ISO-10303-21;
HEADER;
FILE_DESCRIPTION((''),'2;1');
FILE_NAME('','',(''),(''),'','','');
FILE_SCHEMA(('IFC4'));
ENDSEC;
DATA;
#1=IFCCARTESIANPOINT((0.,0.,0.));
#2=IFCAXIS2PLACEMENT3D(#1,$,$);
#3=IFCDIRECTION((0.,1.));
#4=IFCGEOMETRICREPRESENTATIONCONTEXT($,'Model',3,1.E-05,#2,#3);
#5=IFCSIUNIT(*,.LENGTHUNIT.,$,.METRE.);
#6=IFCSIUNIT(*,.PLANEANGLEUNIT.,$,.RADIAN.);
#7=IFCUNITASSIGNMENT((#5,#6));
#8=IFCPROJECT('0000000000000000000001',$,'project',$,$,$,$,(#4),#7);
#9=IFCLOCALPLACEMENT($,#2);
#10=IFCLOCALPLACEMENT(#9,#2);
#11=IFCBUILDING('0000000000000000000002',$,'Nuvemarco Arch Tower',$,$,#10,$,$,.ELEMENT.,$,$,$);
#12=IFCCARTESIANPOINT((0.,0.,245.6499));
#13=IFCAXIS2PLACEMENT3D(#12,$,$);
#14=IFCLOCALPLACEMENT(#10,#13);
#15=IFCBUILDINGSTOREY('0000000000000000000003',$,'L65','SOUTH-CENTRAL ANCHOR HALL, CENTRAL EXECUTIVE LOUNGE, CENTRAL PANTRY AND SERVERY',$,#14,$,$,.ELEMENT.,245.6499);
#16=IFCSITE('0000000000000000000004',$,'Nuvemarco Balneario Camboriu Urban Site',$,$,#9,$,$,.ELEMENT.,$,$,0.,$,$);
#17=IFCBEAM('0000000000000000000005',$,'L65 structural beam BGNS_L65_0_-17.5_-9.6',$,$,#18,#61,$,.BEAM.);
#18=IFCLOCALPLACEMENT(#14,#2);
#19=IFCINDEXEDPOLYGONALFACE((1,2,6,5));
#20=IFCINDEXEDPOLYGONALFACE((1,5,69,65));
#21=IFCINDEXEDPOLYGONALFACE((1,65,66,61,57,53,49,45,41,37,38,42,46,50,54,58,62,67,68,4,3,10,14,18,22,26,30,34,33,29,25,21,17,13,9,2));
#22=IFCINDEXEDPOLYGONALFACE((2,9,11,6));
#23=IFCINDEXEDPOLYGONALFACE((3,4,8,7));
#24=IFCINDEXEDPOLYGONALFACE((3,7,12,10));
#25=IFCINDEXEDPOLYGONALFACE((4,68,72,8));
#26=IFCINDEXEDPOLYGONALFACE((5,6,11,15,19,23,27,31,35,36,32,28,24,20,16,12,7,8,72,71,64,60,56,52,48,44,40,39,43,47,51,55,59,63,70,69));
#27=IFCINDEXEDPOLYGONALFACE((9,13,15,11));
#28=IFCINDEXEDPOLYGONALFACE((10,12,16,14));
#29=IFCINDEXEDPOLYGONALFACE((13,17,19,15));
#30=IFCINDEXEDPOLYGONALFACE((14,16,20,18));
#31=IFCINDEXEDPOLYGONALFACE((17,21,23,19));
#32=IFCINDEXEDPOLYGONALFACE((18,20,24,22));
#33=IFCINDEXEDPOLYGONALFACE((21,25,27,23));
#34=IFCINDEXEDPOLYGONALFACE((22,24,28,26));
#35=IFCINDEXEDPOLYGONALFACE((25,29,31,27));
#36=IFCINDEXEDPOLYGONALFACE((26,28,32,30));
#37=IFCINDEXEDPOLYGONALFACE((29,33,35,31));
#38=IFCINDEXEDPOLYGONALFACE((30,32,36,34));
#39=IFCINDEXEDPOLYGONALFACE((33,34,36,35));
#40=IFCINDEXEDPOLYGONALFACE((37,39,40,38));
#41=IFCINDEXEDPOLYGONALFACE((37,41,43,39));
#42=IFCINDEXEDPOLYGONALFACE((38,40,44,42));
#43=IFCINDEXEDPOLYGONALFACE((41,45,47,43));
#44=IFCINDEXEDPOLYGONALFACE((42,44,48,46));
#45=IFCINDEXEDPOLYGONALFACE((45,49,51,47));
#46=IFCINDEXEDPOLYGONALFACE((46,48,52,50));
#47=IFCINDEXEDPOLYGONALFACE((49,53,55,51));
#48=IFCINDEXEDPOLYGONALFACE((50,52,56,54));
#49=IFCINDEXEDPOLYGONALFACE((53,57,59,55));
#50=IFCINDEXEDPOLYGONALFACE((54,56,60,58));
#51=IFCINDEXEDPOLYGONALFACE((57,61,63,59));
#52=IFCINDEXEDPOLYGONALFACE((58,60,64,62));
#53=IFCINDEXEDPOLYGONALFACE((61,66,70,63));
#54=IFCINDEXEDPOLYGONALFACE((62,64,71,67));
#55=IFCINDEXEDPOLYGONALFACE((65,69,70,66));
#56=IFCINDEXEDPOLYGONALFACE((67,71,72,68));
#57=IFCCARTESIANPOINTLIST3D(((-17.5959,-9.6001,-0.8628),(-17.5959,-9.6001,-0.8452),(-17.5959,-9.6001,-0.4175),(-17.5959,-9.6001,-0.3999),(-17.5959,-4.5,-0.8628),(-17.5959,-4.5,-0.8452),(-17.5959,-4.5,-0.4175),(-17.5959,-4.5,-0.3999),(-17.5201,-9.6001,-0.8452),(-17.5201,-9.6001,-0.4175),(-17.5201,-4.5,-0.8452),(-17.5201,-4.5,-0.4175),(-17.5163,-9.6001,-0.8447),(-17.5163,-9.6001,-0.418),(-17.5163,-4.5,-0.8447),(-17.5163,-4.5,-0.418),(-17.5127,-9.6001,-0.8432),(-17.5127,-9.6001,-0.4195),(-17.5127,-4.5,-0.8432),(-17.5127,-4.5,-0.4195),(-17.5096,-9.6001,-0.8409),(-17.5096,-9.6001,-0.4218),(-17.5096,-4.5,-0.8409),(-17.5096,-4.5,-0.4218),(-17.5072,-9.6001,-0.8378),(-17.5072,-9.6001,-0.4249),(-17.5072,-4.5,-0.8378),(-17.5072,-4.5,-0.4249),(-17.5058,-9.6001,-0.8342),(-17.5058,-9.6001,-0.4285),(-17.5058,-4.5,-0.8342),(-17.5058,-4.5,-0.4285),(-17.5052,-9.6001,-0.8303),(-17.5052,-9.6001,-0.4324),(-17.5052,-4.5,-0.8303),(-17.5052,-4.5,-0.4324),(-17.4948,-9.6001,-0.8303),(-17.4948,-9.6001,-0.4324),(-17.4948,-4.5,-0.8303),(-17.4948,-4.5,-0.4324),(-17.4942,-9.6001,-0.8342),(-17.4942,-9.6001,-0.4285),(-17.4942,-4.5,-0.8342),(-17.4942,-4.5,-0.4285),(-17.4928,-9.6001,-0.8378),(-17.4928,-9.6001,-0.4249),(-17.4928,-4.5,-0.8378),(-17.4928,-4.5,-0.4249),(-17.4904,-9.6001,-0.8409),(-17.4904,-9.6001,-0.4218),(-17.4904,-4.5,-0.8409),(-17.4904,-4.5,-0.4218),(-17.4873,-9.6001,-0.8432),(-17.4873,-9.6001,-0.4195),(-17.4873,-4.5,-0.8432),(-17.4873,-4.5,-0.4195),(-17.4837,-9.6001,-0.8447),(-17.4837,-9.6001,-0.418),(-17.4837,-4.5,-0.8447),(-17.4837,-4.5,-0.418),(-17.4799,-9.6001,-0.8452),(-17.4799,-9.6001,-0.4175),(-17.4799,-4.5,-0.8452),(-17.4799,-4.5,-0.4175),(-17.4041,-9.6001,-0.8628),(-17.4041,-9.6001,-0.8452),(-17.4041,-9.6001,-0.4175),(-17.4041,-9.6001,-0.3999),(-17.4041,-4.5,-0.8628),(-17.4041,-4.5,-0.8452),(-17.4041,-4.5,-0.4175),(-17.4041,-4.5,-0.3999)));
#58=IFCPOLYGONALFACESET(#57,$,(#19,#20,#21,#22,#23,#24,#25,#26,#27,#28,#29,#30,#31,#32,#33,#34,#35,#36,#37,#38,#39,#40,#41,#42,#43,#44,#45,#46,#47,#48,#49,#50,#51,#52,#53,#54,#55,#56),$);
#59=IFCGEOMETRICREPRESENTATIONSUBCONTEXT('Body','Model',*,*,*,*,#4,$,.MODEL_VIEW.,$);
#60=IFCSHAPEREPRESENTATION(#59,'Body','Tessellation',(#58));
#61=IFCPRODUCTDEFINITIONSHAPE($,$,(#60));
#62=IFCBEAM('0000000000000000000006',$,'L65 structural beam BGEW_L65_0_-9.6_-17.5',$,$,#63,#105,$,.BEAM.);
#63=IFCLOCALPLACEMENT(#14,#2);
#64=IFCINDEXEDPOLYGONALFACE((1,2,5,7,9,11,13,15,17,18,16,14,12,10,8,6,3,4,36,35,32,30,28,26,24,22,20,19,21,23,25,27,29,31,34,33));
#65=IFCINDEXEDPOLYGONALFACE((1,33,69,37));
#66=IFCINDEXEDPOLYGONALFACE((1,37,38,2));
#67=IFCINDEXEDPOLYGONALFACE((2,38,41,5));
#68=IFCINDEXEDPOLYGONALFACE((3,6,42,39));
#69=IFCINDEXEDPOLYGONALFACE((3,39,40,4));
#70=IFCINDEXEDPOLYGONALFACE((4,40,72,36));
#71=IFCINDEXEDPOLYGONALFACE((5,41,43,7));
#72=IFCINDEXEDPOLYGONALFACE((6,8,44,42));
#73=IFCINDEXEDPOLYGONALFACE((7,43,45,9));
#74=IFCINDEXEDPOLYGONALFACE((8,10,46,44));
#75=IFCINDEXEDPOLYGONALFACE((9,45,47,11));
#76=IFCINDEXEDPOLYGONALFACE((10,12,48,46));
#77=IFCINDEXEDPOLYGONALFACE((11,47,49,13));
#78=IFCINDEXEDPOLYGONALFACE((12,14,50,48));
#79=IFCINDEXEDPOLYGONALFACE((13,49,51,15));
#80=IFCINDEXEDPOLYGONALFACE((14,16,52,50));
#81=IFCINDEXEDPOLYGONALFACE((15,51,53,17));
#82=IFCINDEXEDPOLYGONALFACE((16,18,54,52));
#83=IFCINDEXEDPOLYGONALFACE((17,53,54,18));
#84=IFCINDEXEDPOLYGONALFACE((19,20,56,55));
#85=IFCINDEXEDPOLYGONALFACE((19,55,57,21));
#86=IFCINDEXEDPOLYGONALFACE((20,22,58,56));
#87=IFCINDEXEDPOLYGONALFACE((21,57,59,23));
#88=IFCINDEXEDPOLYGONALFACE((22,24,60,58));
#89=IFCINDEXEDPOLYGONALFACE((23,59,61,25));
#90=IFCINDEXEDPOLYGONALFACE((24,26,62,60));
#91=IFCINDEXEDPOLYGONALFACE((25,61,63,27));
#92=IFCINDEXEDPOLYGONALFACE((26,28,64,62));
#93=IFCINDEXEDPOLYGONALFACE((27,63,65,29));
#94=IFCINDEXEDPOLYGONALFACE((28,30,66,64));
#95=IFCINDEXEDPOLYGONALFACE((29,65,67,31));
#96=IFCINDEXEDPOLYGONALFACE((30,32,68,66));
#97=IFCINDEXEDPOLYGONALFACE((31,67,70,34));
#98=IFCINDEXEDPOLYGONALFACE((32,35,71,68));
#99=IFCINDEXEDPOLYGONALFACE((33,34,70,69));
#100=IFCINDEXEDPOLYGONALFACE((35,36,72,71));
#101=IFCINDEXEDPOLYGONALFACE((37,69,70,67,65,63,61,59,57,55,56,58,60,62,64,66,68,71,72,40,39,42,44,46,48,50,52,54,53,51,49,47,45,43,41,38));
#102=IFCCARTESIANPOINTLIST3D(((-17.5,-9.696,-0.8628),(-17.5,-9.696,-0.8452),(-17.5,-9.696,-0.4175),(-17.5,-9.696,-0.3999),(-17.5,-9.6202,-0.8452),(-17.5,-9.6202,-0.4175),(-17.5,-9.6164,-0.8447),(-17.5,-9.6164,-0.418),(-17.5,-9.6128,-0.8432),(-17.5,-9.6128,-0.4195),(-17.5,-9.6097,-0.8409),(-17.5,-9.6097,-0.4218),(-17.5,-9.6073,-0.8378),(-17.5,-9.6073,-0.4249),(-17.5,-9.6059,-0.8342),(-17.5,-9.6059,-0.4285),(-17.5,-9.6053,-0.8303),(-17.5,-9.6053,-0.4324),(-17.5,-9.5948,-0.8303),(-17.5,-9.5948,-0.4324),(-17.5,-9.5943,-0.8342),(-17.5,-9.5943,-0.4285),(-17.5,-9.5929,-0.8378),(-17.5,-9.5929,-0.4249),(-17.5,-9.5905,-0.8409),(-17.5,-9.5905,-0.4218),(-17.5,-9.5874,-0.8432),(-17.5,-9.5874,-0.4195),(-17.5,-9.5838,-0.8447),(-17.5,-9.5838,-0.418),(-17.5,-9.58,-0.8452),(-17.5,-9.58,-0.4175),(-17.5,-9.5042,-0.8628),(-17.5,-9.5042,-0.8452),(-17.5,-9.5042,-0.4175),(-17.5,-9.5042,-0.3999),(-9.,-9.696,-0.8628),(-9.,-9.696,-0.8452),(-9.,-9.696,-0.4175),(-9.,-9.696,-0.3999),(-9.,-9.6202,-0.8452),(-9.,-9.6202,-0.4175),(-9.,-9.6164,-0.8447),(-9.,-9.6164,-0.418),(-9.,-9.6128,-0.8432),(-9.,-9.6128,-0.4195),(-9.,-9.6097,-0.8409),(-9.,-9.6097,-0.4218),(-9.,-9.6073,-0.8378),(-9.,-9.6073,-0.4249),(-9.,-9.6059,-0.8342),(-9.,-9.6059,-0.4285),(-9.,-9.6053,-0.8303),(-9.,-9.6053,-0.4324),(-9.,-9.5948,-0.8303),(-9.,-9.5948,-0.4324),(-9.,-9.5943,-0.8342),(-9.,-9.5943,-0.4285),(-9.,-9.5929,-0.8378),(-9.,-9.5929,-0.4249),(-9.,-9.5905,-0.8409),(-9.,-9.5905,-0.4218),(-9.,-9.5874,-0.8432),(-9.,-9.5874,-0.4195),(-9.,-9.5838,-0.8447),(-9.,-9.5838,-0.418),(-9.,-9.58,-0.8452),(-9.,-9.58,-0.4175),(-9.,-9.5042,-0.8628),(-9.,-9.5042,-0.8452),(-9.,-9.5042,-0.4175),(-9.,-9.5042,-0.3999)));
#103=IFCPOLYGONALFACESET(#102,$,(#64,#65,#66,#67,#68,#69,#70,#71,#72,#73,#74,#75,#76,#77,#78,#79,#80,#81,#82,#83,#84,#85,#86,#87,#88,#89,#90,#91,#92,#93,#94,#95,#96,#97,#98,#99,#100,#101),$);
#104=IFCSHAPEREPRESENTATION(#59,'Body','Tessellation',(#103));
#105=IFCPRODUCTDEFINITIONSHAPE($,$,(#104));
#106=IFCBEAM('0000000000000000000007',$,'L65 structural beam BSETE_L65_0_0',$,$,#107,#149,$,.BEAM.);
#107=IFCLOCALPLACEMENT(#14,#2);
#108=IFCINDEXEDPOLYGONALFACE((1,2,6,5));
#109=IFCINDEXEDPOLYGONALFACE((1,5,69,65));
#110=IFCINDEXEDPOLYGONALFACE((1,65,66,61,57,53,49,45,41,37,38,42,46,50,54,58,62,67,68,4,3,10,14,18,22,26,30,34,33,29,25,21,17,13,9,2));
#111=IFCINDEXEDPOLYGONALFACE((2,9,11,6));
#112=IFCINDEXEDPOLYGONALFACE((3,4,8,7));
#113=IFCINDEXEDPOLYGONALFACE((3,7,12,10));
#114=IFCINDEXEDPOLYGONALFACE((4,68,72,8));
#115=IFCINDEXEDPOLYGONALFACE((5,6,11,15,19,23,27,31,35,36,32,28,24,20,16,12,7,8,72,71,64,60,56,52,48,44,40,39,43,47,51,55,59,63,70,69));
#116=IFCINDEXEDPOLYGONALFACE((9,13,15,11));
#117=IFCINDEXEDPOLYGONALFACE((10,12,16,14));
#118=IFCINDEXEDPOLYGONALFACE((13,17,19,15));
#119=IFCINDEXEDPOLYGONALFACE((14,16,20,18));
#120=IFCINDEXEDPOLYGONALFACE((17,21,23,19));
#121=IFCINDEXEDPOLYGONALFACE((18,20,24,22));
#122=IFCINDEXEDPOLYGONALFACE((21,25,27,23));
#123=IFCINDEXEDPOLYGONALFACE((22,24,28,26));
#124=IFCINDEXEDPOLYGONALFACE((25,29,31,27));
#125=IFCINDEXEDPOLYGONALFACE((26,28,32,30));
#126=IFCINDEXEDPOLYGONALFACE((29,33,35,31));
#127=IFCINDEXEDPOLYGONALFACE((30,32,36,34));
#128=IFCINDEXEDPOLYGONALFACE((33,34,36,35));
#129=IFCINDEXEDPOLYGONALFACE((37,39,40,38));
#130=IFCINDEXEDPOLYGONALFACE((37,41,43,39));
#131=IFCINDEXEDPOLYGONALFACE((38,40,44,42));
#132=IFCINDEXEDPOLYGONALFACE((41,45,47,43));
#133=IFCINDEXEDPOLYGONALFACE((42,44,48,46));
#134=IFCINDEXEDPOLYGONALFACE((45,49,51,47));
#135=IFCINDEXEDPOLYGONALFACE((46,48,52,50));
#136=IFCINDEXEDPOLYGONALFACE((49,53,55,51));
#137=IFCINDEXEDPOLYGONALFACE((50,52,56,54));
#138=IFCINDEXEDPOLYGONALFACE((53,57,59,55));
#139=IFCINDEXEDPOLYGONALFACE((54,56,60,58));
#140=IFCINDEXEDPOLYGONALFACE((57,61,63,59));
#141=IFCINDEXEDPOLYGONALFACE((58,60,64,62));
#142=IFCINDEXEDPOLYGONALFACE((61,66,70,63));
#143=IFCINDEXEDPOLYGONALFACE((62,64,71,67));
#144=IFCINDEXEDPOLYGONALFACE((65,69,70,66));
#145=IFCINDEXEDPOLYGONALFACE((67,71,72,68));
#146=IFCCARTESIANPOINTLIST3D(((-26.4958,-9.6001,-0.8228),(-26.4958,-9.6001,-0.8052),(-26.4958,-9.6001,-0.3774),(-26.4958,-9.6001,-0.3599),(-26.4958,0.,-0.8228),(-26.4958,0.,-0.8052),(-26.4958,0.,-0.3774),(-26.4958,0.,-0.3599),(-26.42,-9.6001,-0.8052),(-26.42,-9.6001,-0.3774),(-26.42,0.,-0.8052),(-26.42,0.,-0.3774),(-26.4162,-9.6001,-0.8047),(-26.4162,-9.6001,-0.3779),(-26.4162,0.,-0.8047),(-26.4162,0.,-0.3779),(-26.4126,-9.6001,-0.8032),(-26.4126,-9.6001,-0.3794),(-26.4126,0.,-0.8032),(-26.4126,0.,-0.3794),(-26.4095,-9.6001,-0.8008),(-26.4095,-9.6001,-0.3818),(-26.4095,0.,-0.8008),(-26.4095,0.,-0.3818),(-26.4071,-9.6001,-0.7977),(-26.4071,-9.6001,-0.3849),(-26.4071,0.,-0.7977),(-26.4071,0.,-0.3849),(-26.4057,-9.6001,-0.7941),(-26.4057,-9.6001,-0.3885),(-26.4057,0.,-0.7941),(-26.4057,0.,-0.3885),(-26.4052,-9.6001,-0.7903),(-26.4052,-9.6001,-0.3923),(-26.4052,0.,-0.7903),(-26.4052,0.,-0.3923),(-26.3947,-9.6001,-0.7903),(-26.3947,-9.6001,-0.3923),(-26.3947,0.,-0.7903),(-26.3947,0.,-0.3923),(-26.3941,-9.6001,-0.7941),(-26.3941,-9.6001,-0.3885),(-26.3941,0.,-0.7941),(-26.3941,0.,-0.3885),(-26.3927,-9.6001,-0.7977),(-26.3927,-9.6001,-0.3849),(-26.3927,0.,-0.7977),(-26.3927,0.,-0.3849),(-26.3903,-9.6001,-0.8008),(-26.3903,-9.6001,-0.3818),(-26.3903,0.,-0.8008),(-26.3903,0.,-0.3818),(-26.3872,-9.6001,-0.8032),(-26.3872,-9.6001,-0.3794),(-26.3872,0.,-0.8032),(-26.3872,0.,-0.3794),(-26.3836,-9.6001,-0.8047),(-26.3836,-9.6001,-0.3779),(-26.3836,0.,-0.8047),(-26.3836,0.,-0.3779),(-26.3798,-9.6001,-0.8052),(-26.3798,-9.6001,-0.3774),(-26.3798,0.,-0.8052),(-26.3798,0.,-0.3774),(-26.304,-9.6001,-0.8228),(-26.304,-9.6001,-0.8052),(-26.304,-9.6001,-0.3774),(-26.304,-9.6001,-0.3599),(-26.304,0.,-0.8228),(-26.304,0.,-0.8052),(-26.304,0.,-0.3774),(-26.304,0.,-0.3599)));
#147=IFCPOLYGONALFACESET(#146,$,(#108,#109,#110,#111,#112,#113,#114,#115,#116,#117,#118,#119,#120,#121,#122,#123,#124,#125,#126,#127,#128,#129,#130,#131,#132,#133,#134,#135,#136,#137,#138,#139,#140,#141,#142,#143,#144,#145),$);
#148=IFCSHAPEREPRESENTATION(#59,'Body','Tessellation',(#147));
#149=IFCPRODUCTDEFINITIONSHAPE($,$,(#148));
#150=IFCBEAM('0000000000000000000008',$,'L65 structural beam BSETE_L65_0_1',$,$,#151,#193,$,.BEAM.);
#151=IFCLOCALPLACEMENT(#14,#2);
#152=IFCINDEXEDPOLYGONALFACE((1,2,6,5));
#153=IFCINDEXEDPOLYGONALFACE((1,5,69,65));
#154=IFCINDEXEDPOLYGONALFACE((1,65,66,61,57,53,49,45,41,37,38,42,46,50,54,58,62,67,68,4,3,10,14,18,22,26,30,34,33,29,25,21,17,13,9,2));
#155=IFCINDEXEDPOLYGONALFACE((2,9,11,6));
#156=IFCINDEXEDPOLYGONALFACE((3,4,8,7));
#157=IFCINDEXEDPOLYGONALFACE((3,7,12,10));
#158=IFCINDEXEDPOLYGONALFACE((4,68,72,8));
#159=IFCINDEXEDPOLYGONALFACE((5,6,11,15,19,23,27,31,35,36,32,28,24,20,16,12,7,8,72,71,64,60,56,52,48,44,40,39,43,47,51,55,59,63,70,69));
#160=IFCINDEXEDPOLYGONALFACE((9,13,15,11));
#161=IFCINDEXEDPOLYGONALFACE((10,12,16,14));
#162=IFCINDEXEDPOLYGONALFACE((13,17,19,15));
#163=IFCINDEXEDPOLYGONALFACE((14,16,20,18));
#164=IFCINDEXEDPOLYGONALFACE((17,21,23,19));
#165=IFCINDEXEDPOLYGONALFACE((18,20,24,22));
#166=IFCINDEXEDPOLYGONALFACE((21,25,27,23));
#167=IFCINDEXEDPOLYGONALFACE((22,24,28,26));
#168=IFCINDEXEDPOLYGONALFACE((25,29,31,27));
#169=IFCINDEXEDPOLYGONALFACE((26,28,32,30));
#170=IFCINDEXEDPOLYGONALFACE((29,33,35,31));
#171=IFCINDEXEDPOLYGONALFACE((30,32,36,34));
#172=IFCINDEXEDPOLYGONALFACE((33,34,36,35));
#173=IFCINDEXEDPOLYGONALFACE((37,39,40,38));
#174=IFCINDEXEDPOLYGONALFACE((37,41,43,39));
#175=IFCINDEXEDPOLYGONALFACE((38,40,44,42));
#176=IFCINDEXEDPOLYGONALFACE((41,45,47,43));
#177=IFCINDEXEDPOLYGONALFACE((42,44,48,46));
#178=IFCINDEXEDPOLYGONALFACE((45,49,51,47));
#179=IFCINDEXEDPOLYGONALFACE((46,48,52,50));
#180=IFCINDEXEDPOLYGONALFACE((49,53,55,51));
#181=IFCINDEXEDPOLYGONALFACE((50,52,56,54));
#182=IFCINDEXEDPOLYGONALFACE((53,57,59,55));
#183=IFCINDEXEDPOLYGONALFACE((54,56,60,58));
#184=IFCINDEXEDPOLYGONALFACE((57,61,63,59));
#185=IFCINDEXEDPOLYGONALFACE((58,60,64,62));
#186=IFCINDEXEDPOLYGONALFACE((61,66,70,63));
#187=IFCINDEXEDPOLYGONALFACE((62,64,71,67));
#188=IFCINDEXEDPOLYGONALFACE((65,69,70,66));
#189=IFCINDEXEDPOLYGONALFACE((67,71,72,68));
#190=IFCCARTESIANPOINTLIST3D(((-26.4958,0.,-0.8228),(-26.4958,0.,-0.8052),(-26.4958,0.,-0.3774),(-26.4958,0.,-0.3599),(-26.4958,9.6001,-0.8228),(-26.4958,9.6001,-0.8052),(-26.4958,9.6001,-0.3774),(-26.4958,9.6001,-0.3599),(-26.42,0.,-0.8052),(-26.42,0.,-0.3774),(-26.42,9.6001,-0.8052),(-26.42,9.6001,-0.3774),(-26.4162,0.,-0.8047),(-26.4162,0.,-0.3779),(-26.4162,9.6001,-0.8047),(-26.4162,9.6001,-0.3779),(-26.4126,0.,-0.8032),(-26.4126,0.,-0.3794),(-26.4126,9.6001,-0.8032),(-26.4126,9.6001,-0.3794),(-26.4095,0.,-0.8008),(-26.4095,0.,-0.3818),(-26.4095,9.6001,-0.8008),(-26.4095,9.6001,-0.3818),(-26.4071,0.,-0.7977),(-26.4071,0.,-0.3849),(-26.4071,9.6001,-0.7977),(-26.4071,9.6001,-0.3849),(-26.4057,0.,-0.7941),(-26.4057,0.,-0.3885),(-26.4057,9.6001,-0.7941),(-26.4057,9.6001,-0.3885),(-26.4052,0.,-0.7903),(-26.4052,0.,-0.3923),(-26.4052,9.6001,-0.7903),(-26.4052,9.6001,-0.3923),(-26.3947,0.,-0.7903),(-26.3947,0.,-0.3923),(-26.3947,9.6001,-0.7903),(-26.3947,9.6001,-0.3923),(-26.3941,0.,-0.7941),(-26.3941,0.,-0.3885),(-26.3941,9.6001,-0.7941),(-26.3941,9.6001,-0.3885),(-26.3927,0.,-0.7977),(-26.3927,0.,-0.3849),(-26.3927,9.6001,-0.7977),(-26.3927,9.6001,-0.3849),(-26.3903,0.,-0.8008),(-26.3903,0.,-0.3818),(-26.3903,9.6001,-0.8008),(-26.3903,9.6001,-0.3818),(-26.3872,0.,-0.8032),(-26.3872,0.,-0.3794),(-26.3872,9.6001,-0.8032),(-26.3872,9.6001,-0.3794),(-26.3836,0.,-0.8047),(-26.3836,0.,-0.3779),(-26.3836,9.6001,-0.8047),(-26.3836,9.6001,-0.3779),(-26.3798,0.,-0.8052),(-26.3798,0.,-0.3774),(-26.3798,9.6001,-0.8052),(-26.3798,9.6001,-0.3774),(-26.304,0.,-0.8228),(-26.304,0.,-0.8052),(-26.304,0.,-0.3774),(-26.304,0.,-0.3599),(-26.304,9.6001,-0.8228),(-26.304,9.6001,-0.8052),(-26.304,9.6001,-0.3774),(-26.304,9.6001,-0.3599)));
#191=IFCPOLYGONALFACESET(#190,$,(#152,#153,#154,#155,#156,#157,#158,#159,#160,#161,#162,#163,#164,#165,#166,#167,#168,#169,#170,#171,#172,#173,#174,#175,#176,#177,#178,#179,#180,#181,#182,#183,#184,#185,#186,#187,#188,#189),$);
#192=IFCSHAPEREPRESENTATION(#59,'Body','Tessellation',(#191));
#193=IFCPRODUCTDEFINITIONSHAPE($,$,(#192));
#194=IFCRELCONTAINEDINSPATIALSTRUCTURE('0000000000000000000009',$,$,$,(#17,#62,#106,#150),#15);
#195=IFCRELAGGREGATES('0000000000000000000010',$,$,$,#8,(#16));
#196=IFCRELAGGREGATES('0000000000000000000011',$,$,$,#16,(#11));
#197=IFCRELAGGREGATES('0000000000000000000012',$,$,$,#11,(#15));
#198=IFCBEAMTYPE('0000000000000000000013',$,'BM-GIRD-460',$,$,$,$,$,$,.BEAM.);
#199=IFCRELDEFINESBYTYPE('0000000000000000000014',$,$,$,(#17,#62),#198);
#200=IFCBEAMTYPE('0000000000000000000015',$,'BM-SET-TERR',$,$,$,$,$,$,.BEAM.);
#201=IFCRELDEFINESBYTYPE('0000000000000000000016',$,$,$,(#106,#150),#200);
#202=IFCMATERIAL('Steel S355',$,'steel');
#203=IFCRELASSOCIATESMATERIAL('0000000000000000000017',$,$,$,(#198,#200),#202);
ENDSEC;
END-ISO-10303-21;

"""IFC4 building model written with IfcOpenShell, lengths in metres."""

from ifc_helpers import new_model, si_unit, direction, frame, origin, origin_2d, place, context, subcontext, project, spatial, i_section, extrude, material, material_profile, profile_set, type_object, element, save


model = new_model("IFC4")

# Units and contexts
model_context = context("Model", 3, precision=1e-05, world=origin(), true_north=direction((0.0, 1.0)))
body_context = subcontext(model_context, "Body", "Model", "MODEL_VIEW")
ifc_project = project(units=[si_unit("LENGTHUNIT", "METRE"), si_unit("PLANEANGLEUNIT", "RADIAN")], contexts=[model_context])

# Site, building, storey
site_placement = place(None, origin())
site = spatial("IfcSite", under=ifc_project, at=site_placement, Name="Nuvemarco Balneario Camboriu Urban Site", CompositionType="ELEMENT", RefElevation=0.0)
building_placement = place(site_placement, origin())
building = spatial("IfcBuilding", under=site, at=building_placement, Name="Nuvemarco Arch Tower", CompositionType="ELEMENT")
storey_placement = place(building_placement, frame((0.0, 0.0, 245.6499)))
storey = spatial("IfcBuildingStorey", under=building, at=storey_placement, Name="L65", Description="SOUTH-CENTRAL ANCHOR HALL, CENTRAL EXECUTIVE LOUNGE, CENTRAL PANTRY AND SERVERY", CompositionType="ELEMENT", Elevation=245.6499)

# Shared definitions
ifc_material_1 = material(Name="Steel S355", Category="steel")

# Beams
ifc_material_profile_1 = material_profile(ifc_material_1, i_section(OverallWidth=0.1919, OverallDepth=0.4629, WebThickness=0.0105, FlangeThickness=0.0176, FilletRadius=0.0149, at=origin_2d()), Name="W460x89")
ifc_profile_set_1 = profile_set([ifc_material_profile_1], Name="Steel S355")
beam_type_1 = type_object("IfcBeamType", Name="BM-GIRD-460", PredefinedType="BEAM", material=ifc_profile_set_1)
beam_1_placement = place(storey_placement, frame((-17.5, -9.6001, -0.6313), z_axis=(0.0, 1.0, 0.0), x_axis=(-1.0, 0.0, 0.0)))
element("IfcBeam", 1, at=beam_1_placement, inside=storey, type_object=beam_type_1, Name="L65 structural beam BGNS_L65_0_-17.5_-9.6", PredefinedType="BEAM", context=body_context, shape_type="SweptSolid", body=[
    extrude(i_section(OverallWidth=0.1919, OverallDepth=0.4629, WebThickness=0.0105, FlangeThickness=0.0176, FilletRadius=0.0149, at=origin_2d()), origin(), (0.0, 0.0, 1.0), 5.1001),
])
beam_2_placement = place(storey_placement, frame((-17.5, -9.6001, -0.6313), z_axis=(1.0, 0.0, 0.0), x_axis=(0.0, 1.0, 0.0)))
element("IfcBeam", 2, at=beam_2_placement, inside=storey, type_object=beam_type_1, Name="L65 structural beam BGEW_L65_0_-9.6_-17.5", PredefinedType="BEAM", context=body_context, shape_type="SweptSolid", body=[
    extrude(i_section(OverallWidth=0.1919, OverallDepth=0.4629, WebThickness=0.0105, FlangeThickness=0.0176, FilletRadius=0.0149, at=origin_2d()), origin(), (0.0, 0.0, 1.0), 8.5),
])
ifc_material_profile_2 = material_profile(ifc_material_1, i_section(OverallWidth=0.1919, OverallDepth=0.4629, WebThickness=0.0105, FlangeThickness=0.0176, FilletRadius=0.0149, at=origin_2d()), Name="W460x89")
ifc_profile_set_2 = profile_set([ifc_material_profile_2], Name="Steel S355")
beam_type_2 = type_object("IfcBeamType", Name="BM-SET-TERR", PredefinedType="BEAM", material=ifc_profile_set_2)
for number, where, z_axis, x_axis, name in (
    (3, (-26.3999, -9.6001, -0.5913), (0.0, 1.0, 0.0), (-1.0, 0.0, 0.0), "L65 structural beam BSETE_L65_0_0"),
    (4, (-26.3999, 0.0, -0.5913), (0.0, 1.0, 0.0), (-1.0, 0.0, 0.0), "L65 structural beam BSETE_L65_0_1"),
):
    element("IfcBeam", number, at=place(storey_placement, frame(where, z_axis=z_axis, x_axis=x_axis)), inside=storey, type_object=beam_type_2, Name=name, PredefinedType="BEAM", context=body_context, shape_type="SweptSolid", body=[
        extrude(i_section(OverallWidth=0.1919, OverallDepth=0.4629, WebThickness=0.0105, FlangeThickness=0.0176, FilletRadius=0.0149, at=origin_2d()), origin(), (0.0, 0.0, 1.0), 9.6001),
    ])

save(model, "model.ifc")
